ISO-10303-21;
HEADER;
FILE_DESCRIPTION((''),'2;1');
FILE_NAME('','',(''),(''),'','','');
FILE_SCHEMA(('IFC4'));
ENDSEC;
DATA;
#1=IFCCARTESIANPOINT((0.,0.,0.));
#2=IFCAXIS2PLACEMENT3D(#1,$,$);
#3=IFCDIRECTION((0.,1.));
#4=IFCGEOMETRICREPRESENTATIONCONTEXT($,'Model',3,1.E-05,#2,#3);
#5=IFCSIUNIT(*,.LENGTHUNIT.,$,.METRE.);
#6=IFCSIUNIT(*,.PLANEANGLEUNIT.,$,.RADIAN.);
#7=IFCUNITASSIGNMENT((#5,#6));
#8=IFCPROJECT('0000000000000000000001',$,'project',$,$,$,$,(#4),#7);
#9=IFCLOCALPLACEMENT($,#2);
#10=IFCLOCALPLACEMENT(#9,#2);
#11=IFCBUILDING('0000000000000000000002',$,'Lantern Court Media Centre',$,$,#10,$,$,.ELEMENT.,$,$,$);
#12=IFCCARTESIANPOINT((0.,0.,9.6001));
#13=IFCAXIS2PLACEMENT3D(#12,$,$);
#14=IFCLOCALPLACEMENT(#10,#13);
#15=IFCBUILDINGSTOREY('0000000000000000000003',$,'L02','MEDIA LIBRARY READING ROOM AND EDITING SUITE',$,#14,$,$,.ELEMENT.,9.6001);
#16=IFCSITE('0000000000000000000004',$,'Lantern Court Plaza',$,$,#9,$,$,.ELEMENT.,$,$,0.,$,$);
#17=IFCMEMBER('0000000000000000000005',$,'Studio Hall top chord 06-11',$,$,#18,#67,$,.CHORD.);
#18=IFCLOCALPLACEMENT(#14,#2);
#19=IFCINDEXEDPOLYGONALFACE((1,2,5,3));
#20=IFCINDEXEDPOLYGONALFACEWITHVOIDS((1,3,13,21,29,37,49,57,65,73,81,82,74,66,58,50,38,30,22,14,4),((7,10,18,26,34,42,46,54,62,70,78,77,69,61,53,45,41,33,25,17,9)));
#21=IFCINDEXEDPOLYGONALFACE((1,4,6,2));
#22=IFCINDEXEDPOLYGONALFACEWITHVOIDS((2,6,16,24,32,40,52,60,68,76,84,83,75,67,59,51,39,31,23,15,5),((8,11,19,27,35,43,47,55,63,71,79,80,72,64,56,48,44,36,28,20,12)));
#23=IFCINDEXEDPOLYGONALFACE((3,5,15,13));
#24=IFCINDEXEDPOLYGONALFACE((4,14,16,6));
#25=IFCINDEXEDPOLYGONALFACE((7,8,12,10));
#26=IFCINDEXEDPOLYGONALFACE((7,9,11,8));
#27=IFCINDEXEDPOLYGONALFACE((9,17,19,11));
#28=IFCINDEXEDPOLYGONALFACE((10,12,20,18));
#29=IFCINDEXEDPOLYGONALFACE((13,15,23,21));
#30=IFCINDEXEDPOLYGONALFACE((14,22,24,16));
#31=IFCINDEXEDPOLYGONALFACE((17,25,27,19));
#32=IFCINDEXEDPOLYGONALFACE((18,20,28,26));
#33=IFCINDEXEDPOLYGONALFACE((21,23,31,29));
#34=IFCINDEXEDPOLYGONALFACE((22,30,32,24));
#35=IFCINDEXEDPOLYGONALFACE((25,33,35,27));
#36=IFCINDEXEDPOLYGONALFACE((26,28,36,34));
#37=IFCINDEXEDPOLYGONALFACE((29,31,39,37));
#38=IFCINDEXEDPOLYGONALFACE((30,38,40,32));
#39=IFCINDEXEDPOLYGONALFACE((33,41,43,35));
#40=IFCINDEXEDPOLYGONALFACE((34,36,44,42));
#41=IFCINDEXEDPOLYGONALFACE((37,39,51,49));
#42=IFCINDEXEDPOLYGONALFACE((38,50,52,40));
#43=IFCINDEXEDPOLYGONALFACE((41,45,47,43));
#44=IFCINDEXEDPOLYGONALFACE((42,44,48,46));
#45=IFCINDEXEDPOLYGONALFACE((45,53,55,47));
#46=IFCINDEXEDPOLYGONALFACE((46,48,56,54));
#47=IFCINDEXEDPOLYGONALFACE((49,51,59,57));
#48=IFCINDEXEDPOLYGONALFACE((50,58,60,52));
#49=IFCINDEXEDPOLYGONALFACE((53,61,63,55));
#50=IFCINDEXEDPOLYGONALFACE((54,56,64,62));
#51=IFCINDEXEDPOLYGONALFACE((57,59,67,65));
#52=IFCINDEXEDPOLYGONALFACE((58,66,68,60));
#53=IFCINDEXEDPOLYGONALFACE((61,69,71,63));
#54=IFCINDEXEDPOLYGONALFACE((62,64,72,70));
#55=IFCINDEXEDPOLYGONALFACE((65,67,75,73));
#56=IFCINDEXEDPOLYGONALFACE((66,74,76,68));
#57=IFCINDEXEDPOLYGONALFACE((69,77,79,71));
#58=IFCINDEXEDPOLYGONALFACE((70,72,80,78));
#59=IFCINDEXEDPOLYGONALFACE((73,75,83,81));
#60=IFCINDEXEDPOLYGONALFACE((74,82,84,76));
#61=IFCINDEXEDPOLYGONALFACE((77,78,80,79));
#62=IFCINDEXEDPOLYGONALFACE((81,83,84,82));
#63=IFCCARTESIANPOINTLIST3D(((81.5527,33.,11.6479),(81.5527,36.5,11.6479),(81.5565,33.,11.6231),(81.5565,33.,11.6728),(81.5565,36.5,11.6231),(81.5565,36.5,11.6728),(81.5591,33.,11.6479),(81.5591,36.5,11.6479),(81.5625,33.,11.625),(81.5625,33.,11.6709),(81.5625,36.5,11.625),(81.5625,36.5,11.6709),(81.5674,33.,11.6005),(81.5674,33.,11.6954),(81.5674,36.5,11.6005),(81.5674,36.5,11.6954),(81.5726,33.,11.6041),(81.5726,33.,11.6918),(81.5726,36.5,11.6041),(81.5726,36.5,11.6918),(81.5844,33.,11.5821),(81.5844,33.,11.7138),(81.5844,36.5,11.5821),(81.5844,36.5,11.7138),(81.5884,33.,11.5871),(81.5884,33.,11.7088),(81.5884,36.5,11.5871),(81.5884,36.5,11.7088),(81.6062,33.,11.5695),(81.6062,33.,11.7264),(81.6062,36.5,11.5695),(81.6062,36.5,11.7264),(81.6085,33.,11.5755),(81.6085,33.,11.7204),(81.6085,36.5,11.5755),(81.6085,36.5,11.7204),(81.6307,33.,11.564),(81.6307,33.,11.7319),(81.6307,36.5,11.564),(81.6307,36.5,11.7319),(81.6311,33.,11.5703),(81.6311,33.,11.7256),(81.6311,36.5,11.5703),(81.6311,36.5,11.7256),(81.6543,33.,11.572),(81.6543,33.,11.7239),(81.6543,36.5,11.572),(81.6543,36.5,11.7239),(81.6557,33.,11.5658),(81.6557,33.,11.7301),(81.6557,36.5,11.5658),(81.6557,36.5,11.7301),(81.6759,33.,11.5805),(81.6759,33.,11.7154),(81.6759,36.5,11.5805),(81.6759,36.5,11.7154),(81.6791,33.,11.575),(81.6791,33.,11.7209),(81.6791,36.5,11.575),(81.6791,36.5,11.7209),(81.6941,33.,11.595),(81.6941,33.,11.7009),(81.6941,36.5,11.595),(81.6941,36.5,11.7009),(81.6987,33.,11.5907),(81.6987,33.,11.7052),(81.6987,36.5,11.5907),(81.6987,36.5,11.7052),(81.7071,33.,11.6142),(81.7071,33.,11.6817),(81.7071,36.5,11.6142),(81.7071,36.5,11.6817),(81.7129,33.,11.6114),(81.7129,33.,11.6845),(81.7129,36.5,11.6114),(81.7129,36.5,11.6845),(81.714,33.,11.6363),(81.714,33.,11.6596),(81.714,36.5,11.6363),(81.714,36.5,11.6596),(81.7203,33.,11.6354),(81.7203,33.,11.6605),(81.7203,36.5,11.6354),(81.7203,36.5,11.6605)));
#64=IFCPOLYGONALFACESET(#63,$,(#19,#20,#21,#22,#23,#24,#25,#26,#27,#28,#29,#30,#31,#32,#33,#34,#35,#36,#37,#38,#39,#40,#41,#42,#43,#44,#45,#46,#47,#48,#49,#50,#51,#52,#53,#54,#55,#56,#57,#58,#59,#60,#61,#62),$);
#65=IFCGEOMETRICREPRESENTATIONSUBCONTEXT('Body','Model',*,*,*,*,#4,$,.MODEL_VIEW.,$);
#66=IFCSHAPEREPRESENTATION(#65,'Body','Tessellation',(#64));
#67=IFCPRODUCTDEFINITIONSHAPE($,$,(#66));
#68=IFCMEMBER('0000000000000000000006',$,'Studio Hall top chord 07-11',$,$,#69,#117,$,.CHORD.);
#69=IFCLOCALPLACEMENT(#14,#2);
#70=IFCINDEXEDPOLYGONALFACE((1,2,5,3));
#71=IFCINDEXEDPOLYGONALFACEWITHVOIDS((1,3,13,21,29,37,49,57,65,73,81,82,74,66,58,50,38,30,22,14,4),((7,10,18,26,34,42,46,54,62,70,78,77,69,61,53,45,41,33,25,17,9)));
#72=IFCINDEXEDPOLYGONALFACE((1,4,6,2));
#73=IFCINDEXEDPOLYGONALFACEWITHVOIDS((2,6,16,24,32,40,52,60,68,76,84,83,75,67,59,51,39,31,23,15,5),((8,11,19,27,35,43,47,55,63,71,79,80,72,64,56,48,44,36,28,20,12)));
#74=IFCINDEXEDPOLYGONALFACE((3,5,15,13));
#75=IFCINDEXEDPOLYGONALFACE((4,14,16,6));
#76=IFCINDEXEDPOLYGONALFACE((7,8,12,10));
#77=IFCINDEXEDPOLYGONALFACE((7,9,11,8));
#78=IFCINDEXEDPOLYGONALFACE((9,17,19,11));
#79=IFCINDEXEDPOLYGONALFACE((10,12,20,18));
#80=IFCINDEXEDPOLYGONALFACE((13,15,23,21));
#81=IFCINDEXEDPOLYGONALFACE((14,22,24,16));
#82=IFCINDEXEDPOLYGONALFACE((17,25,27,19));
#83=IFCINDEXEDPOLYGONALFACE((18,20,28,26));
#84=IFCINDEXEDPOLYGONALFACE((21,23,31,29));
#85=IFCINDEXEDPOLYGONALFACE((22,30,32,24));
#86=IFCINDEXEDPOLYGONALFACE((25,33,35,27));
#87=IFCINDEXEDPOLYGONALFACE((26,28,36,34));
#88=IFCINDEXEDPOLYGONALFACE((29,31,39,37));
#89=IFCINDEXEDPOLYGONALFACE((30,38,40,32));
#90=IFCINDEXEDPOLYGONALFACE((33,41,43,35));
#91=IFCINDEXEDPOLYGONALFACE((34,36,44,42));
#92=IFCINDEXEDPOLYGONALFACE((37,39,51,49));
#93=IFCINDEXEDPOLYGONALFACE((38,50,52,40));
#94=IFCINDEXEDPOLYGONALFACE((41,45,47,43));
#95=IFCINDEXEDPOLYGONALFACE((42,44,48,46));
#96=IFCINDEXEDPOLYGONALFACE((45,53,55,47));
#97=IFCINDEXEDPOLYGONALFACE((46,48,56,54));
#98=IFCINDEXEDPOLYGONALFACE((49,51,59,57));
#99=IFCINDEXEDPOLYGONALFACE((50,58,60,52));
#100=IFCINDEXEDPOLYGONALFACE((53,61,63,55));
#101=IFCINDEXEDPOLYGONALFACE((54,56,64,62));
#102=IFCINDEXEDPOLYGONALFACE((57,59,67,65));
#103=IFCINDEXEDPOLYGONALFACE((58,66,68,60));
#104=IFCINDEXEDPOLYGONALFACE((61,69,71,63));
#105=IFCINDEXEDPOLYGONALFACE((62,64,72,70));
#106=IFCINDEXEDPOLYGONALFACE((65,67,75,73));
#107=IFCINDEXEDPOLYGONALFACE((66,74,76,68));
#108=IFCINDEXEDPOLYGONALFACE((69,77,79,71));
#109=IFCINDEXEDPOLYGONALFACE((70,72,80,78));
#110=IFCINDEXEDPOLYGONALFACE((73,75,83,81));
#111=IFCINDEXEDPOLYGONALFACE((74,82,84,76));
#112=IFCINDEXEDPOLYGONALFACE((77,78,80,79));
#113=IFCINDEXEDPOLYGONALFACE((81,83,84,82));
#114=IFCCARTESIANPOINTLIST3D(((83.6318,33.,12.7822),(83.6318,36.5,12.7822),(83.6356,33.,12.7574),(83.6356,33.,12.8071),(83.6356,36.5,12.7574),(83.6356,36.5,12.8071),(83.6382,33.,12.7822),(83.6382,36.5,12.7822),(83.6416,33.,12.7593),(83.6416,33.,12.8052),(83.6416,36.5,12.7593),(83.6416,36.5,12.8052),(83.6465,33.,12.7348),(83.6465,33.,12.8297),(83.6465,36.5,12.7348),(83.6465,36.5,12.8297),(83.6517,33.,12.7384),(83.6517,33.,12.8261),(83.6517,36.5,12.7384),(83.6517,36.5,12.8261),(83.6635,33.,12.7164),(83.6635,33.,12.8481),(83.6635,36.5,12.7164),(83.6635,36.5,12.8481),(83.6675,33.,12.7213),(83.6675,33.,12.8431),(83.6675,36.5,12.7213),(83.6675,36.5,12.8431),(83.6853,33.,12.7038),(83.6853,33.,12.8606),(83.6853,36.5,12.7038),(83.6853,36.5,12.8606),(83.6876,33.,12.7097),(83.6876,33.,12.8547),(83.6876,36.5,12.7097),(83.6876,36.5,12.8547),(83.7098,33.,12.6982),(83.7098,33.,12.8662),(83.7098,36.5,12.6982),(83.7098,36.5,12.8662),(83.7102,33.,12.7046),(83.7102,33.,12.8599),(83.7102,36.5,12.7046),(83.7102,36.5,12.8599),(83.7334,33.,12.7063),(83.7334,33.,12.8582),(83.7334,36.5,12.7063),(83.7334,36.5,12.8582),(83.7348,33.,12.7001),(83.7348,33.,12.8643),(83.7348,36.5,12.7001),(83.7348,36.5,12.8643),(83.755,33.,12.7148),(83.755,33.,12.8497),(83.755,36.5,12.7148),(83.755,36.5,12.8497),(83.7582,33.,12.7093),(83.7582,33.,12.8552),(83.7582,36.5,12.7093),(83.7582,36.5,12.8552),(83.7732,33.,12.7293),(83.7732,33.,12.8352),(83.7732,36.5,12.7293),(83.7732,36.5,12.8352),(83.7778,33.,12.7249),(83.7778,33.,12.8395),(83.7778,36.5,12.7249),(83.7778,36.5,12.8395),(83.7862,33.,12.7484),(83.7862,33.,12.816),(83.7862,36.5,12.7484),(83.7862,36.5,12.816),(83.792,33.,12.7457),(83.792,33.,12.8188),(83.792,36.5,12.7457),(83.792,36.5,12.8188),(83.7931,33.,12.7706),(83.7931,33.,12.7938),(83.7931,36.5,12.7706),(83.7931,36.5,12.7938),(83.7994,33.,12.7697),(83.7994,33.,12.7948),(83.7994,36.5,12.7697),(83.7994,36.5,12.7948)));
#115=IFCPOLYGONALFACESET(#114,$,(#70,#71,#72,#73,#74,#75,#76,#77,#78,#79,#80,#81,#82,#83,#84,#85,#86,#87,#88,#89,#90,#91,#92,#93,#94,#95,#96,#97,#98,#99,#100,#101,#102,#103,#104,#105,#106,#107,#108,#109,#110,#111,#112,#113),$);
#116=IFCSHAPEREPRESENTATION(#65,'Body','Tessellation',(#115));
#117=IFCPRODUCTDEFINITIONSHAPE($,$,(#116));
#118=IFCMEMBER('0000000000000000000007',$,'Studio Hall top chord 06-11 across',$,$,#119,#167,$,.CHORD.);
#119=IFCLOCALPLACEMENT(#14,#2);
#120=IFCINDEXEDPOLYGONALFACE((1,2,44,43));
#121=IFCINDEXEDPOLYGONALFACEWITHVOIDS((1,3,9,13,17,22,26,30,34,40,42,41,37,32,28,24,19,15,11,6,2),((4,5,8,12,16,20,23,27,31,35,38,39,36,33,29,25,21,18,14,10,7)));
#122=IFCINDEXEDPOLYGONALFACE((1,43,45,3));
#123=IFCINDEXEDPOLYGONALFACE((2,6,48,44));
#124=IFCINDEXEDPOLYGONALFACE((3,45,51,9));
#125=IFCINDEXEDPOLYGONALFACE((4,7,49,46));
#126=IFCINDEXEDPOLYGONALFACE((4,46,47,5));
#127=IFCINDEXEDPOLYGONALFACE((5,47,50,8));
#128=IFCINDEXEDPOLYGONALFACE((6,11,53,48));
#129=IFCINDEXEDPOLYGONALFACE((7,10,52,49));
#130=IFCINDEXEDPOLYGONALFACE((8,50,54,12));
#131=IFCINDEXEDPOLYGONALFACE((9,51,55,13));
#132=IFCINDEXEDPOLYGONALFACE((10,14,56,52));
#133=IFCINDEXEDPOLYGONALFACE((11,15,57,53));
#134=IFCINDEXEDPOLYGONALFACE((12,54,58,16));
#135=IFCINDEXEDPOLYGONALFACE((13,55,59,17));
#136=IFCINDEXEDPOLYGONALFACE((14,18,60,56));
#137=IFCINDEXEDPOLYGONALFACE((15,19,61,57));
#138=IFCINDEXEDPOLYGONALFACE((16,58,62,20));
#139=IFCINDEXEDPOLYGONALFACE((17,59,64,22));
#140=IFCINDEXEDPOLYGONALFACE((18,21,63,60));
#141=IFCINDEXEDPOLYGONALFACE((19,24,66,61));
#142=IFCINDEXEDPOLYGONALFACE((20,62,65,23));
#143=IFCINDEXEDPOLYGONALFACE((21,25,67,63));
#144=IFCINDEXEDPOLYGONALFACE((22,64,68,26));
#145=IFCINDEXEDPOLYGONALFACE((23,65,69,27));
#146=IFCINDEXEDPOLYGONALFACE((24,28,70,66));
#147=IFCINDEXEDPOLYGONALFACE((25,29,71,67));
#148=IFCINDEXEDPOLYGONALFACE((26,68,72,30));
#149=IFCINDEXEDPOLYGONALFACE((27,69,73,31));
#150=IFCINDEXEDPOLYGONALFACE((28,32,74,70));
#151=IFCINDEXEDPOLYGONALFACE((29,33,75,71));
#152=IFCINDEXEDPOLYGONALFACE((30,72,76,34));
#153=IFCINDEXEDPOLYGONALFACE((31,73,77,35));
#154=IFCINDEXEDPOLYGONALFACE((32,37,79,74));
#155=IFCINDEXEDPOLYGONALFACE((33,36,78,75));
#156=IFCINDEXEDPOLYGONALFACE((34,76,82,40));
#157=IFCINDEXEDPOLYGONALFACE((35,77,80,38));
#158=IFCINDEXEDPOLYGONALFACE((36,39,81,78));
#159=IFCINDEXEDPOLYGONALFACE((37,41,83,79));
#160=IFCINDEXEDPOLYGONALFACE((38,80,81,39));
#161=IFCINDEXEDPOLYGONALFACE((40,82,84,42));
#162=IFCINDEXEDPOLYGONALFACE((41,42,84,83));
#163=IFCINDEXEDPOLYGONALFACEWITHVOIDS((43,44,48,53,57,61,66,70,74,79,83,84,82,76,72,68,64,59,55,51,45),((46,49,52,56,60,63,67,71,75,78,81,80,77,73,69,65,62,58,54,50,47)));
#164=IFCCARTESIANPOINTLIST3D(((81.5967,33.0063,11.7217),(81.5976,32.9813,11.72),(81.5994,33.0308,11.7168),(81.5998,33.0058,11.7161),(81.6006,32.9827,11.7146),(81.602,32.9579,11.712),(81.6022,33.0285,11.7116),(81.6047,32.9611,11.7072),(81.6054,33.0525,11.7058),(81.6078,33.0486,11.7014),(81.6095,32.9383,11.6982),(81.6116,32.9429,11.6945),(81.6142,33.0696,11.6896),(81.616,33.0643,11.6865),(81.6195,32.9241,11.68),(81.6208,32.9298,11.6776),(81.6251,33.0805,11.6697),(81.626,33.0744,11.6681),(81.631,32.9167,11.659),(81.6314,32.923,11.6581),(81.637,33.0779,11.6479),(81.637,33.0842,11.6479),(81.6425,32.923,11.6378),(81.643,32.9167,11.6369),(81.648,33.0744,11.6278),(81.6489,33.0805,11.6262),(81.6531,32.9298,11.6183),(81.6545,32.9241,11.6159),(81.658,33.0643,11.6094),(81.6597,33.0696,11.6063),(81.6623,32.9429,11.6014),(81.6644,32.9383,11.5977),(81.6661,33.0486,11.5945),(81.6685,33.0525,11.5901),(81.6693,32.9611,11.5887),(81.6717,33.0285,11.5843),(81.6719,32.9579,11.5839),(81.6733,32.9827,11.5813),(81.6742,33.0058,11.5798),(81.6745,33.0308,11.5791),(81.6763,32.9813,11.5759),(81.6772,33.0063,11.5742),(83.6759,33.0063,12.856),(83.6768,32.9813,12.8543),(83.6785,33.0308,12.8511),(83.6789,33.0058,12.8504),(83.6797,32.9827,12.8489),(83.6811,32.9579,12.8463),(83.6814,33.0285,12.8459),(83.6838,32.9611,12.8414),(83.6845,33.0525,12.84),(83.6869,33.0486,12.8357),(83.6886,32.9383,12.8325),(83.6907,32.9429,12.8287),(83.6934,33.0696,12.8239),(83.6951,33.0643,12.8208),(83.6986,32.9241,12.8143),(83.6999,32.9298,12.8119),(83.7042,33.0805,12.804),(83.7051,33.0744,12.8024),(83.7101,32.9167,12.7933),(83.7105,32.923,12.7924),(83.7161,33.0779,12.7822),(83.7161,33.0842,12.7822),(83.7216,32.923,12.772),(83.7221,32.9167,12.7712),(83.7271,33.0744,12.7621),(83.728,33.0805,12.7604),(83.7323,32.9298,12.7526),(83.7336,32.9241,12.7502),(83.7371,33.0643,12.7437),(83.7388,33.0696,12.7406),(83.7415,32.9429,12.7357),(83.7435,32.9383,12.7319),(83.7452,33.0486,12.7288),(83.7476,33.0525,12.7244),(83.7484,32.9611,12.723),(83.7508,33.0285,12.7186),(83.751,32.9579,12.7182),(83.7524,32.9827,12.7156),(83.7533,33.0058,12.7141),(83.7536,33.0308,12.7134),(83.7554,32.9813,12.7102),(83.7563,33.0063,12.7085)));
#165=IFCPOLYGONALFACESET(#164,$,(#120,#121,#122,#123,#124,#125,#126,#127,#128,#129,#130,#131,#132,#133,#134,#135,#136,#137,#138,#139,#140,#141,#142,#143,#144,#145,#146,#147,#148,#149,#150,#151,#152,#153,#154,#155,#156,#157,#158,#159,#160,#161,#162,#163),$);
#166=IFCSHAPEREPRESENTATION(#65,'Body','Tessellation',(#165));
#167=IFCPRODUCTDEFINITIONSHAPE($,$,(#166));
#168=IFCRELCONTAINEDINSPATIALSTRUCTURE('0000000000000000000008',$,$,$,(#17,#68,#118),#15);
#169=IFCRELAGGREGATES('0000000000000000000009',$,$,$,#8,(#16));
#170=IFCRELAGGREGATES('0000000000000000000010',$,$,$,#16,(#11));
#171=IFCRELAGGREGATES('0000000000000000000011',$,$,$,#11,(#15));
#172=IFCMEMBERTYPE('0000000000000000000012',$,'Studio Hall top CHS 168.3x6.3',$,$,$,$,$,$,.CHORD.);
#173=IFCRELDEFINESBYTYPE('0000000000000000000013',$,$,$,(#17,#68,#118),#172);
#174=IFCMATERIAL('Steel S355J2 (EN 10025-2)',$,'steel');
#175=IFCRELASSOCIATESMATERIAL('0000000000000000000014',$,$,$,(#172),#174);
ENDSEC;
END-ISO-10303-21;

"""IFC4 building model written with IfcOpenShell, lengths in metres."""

from ifc_helpers import new_model, si_unit, direction, frame, origin, origin_2d, place, context, subcontext, project, spatial, hollow_circle, extrude, material, material_profile, profile_set, type_object, element, save


model = new_model("IFC4")

# Units and contexts
model_context = context("Model", 3, precision=1e-05, world=origin(), true_north=direction((0.0, 1.0)))
body_context = subcontext(model_context, "Body", "Model", "MODEL_VIEW")
ifc_project = project(units=[si_unit("LENGTHUNIT", "METRE"), si_unit("PLANEANGLEUNIT", "RADIAN")], contexts=[model_context])

# Site, building, storey
site_placement = place(None, origin())
site = spatial("IfcSite", under=ifc_project, at=site_placement, Name="Lantern Court Plaza", CompositionType="ELEMENT", RefElevation=0.0)
building_placement = place(site_placement, origin())
building = spatial("IfcBuilding", under=site, at=building_placement, Name="Lantern Court Media Centre", CompositionType="ELEMENT")
storey_placement = place(building_placement, frame((0.0, 0.0, 9.6001)))
storey = spatial("IfcBuildingStorey", under=building, at=storey_placement, Name="L02", Description="MEDIA LIBRARY READING ROOM AND EDITING SUITE", CompositionType="ELEMENT", Elevation=9.6001)

# Members
ifc_material = material(Name="Steel S355J2 (EN 10025-2)", Category="steel")
ifc_material_profile_1 = material_profile(ifc_material, hollow_circle(Radius=0.0842, WallThickness=0.0063, at=origin_2d()), Name="Studio Hall top CHS 168.3x6.3")
ifc_profile_set_1 = profile_set([ifc_material_profile_1], Name="Steel S355J2 (EN 10025-2)")
member_type_1 = type_object("IfcMemberType", Name="Studio Hall top CHS 168.3x6.3", PredefinedType="CHORD", material=ifc_profile_set_1)
for number, where, z_axis, x_axis, name in (
    (1, (81.637, 33.0, 11.6479), (0.0, 1.0, 0.0), (-1.0, 0.0, 0.0), "Studio Hall top chord 06-11"),
    (2, (83.7161, 33.0, 12.7822), (0.0, 1.0, 0.0), (-1.0, 0.0, 0.0), "Studio Hall top chord 07-11"),
):
    element("IfcMember", number, at=place(storey_placement, frame(where, z_axis=z_axis, x_axis=x_axis)), inside=storey, type_object=member_type_1, Name=name, PredefinedType="CHORD", context=body_context, shape_type="SweptSolid", body=[
        extrude(hollow_circle(Radius=0.0842, WallThickness=0.0063, at=origin_2d()), origin(), (0.0, 0.0, 1.0), 3.5),
    ])
member_1_placement = place(storey_placement, frame((81.637, 33.0, 11.6479), z_axis=(0.877856, 0.0, 0.478924), x_axis=(0.0, 1.0, 0.0)))
element("IfcMember", 3, at=member_1_placement, inside=storey, type_object=member_type_1, Name="Studio Hall top chord 06-11 across", PredefinedType="CHORD", context=body_context, shape_type="SweptSolid", body=[
    extrude(hollow_circle(Radius=0.0842, WallThickness=0.0063, at=origin_2d()), origin(), (0.0, 0.0, 1.0), 2.3684),
])

save(model, "model.ifc")
